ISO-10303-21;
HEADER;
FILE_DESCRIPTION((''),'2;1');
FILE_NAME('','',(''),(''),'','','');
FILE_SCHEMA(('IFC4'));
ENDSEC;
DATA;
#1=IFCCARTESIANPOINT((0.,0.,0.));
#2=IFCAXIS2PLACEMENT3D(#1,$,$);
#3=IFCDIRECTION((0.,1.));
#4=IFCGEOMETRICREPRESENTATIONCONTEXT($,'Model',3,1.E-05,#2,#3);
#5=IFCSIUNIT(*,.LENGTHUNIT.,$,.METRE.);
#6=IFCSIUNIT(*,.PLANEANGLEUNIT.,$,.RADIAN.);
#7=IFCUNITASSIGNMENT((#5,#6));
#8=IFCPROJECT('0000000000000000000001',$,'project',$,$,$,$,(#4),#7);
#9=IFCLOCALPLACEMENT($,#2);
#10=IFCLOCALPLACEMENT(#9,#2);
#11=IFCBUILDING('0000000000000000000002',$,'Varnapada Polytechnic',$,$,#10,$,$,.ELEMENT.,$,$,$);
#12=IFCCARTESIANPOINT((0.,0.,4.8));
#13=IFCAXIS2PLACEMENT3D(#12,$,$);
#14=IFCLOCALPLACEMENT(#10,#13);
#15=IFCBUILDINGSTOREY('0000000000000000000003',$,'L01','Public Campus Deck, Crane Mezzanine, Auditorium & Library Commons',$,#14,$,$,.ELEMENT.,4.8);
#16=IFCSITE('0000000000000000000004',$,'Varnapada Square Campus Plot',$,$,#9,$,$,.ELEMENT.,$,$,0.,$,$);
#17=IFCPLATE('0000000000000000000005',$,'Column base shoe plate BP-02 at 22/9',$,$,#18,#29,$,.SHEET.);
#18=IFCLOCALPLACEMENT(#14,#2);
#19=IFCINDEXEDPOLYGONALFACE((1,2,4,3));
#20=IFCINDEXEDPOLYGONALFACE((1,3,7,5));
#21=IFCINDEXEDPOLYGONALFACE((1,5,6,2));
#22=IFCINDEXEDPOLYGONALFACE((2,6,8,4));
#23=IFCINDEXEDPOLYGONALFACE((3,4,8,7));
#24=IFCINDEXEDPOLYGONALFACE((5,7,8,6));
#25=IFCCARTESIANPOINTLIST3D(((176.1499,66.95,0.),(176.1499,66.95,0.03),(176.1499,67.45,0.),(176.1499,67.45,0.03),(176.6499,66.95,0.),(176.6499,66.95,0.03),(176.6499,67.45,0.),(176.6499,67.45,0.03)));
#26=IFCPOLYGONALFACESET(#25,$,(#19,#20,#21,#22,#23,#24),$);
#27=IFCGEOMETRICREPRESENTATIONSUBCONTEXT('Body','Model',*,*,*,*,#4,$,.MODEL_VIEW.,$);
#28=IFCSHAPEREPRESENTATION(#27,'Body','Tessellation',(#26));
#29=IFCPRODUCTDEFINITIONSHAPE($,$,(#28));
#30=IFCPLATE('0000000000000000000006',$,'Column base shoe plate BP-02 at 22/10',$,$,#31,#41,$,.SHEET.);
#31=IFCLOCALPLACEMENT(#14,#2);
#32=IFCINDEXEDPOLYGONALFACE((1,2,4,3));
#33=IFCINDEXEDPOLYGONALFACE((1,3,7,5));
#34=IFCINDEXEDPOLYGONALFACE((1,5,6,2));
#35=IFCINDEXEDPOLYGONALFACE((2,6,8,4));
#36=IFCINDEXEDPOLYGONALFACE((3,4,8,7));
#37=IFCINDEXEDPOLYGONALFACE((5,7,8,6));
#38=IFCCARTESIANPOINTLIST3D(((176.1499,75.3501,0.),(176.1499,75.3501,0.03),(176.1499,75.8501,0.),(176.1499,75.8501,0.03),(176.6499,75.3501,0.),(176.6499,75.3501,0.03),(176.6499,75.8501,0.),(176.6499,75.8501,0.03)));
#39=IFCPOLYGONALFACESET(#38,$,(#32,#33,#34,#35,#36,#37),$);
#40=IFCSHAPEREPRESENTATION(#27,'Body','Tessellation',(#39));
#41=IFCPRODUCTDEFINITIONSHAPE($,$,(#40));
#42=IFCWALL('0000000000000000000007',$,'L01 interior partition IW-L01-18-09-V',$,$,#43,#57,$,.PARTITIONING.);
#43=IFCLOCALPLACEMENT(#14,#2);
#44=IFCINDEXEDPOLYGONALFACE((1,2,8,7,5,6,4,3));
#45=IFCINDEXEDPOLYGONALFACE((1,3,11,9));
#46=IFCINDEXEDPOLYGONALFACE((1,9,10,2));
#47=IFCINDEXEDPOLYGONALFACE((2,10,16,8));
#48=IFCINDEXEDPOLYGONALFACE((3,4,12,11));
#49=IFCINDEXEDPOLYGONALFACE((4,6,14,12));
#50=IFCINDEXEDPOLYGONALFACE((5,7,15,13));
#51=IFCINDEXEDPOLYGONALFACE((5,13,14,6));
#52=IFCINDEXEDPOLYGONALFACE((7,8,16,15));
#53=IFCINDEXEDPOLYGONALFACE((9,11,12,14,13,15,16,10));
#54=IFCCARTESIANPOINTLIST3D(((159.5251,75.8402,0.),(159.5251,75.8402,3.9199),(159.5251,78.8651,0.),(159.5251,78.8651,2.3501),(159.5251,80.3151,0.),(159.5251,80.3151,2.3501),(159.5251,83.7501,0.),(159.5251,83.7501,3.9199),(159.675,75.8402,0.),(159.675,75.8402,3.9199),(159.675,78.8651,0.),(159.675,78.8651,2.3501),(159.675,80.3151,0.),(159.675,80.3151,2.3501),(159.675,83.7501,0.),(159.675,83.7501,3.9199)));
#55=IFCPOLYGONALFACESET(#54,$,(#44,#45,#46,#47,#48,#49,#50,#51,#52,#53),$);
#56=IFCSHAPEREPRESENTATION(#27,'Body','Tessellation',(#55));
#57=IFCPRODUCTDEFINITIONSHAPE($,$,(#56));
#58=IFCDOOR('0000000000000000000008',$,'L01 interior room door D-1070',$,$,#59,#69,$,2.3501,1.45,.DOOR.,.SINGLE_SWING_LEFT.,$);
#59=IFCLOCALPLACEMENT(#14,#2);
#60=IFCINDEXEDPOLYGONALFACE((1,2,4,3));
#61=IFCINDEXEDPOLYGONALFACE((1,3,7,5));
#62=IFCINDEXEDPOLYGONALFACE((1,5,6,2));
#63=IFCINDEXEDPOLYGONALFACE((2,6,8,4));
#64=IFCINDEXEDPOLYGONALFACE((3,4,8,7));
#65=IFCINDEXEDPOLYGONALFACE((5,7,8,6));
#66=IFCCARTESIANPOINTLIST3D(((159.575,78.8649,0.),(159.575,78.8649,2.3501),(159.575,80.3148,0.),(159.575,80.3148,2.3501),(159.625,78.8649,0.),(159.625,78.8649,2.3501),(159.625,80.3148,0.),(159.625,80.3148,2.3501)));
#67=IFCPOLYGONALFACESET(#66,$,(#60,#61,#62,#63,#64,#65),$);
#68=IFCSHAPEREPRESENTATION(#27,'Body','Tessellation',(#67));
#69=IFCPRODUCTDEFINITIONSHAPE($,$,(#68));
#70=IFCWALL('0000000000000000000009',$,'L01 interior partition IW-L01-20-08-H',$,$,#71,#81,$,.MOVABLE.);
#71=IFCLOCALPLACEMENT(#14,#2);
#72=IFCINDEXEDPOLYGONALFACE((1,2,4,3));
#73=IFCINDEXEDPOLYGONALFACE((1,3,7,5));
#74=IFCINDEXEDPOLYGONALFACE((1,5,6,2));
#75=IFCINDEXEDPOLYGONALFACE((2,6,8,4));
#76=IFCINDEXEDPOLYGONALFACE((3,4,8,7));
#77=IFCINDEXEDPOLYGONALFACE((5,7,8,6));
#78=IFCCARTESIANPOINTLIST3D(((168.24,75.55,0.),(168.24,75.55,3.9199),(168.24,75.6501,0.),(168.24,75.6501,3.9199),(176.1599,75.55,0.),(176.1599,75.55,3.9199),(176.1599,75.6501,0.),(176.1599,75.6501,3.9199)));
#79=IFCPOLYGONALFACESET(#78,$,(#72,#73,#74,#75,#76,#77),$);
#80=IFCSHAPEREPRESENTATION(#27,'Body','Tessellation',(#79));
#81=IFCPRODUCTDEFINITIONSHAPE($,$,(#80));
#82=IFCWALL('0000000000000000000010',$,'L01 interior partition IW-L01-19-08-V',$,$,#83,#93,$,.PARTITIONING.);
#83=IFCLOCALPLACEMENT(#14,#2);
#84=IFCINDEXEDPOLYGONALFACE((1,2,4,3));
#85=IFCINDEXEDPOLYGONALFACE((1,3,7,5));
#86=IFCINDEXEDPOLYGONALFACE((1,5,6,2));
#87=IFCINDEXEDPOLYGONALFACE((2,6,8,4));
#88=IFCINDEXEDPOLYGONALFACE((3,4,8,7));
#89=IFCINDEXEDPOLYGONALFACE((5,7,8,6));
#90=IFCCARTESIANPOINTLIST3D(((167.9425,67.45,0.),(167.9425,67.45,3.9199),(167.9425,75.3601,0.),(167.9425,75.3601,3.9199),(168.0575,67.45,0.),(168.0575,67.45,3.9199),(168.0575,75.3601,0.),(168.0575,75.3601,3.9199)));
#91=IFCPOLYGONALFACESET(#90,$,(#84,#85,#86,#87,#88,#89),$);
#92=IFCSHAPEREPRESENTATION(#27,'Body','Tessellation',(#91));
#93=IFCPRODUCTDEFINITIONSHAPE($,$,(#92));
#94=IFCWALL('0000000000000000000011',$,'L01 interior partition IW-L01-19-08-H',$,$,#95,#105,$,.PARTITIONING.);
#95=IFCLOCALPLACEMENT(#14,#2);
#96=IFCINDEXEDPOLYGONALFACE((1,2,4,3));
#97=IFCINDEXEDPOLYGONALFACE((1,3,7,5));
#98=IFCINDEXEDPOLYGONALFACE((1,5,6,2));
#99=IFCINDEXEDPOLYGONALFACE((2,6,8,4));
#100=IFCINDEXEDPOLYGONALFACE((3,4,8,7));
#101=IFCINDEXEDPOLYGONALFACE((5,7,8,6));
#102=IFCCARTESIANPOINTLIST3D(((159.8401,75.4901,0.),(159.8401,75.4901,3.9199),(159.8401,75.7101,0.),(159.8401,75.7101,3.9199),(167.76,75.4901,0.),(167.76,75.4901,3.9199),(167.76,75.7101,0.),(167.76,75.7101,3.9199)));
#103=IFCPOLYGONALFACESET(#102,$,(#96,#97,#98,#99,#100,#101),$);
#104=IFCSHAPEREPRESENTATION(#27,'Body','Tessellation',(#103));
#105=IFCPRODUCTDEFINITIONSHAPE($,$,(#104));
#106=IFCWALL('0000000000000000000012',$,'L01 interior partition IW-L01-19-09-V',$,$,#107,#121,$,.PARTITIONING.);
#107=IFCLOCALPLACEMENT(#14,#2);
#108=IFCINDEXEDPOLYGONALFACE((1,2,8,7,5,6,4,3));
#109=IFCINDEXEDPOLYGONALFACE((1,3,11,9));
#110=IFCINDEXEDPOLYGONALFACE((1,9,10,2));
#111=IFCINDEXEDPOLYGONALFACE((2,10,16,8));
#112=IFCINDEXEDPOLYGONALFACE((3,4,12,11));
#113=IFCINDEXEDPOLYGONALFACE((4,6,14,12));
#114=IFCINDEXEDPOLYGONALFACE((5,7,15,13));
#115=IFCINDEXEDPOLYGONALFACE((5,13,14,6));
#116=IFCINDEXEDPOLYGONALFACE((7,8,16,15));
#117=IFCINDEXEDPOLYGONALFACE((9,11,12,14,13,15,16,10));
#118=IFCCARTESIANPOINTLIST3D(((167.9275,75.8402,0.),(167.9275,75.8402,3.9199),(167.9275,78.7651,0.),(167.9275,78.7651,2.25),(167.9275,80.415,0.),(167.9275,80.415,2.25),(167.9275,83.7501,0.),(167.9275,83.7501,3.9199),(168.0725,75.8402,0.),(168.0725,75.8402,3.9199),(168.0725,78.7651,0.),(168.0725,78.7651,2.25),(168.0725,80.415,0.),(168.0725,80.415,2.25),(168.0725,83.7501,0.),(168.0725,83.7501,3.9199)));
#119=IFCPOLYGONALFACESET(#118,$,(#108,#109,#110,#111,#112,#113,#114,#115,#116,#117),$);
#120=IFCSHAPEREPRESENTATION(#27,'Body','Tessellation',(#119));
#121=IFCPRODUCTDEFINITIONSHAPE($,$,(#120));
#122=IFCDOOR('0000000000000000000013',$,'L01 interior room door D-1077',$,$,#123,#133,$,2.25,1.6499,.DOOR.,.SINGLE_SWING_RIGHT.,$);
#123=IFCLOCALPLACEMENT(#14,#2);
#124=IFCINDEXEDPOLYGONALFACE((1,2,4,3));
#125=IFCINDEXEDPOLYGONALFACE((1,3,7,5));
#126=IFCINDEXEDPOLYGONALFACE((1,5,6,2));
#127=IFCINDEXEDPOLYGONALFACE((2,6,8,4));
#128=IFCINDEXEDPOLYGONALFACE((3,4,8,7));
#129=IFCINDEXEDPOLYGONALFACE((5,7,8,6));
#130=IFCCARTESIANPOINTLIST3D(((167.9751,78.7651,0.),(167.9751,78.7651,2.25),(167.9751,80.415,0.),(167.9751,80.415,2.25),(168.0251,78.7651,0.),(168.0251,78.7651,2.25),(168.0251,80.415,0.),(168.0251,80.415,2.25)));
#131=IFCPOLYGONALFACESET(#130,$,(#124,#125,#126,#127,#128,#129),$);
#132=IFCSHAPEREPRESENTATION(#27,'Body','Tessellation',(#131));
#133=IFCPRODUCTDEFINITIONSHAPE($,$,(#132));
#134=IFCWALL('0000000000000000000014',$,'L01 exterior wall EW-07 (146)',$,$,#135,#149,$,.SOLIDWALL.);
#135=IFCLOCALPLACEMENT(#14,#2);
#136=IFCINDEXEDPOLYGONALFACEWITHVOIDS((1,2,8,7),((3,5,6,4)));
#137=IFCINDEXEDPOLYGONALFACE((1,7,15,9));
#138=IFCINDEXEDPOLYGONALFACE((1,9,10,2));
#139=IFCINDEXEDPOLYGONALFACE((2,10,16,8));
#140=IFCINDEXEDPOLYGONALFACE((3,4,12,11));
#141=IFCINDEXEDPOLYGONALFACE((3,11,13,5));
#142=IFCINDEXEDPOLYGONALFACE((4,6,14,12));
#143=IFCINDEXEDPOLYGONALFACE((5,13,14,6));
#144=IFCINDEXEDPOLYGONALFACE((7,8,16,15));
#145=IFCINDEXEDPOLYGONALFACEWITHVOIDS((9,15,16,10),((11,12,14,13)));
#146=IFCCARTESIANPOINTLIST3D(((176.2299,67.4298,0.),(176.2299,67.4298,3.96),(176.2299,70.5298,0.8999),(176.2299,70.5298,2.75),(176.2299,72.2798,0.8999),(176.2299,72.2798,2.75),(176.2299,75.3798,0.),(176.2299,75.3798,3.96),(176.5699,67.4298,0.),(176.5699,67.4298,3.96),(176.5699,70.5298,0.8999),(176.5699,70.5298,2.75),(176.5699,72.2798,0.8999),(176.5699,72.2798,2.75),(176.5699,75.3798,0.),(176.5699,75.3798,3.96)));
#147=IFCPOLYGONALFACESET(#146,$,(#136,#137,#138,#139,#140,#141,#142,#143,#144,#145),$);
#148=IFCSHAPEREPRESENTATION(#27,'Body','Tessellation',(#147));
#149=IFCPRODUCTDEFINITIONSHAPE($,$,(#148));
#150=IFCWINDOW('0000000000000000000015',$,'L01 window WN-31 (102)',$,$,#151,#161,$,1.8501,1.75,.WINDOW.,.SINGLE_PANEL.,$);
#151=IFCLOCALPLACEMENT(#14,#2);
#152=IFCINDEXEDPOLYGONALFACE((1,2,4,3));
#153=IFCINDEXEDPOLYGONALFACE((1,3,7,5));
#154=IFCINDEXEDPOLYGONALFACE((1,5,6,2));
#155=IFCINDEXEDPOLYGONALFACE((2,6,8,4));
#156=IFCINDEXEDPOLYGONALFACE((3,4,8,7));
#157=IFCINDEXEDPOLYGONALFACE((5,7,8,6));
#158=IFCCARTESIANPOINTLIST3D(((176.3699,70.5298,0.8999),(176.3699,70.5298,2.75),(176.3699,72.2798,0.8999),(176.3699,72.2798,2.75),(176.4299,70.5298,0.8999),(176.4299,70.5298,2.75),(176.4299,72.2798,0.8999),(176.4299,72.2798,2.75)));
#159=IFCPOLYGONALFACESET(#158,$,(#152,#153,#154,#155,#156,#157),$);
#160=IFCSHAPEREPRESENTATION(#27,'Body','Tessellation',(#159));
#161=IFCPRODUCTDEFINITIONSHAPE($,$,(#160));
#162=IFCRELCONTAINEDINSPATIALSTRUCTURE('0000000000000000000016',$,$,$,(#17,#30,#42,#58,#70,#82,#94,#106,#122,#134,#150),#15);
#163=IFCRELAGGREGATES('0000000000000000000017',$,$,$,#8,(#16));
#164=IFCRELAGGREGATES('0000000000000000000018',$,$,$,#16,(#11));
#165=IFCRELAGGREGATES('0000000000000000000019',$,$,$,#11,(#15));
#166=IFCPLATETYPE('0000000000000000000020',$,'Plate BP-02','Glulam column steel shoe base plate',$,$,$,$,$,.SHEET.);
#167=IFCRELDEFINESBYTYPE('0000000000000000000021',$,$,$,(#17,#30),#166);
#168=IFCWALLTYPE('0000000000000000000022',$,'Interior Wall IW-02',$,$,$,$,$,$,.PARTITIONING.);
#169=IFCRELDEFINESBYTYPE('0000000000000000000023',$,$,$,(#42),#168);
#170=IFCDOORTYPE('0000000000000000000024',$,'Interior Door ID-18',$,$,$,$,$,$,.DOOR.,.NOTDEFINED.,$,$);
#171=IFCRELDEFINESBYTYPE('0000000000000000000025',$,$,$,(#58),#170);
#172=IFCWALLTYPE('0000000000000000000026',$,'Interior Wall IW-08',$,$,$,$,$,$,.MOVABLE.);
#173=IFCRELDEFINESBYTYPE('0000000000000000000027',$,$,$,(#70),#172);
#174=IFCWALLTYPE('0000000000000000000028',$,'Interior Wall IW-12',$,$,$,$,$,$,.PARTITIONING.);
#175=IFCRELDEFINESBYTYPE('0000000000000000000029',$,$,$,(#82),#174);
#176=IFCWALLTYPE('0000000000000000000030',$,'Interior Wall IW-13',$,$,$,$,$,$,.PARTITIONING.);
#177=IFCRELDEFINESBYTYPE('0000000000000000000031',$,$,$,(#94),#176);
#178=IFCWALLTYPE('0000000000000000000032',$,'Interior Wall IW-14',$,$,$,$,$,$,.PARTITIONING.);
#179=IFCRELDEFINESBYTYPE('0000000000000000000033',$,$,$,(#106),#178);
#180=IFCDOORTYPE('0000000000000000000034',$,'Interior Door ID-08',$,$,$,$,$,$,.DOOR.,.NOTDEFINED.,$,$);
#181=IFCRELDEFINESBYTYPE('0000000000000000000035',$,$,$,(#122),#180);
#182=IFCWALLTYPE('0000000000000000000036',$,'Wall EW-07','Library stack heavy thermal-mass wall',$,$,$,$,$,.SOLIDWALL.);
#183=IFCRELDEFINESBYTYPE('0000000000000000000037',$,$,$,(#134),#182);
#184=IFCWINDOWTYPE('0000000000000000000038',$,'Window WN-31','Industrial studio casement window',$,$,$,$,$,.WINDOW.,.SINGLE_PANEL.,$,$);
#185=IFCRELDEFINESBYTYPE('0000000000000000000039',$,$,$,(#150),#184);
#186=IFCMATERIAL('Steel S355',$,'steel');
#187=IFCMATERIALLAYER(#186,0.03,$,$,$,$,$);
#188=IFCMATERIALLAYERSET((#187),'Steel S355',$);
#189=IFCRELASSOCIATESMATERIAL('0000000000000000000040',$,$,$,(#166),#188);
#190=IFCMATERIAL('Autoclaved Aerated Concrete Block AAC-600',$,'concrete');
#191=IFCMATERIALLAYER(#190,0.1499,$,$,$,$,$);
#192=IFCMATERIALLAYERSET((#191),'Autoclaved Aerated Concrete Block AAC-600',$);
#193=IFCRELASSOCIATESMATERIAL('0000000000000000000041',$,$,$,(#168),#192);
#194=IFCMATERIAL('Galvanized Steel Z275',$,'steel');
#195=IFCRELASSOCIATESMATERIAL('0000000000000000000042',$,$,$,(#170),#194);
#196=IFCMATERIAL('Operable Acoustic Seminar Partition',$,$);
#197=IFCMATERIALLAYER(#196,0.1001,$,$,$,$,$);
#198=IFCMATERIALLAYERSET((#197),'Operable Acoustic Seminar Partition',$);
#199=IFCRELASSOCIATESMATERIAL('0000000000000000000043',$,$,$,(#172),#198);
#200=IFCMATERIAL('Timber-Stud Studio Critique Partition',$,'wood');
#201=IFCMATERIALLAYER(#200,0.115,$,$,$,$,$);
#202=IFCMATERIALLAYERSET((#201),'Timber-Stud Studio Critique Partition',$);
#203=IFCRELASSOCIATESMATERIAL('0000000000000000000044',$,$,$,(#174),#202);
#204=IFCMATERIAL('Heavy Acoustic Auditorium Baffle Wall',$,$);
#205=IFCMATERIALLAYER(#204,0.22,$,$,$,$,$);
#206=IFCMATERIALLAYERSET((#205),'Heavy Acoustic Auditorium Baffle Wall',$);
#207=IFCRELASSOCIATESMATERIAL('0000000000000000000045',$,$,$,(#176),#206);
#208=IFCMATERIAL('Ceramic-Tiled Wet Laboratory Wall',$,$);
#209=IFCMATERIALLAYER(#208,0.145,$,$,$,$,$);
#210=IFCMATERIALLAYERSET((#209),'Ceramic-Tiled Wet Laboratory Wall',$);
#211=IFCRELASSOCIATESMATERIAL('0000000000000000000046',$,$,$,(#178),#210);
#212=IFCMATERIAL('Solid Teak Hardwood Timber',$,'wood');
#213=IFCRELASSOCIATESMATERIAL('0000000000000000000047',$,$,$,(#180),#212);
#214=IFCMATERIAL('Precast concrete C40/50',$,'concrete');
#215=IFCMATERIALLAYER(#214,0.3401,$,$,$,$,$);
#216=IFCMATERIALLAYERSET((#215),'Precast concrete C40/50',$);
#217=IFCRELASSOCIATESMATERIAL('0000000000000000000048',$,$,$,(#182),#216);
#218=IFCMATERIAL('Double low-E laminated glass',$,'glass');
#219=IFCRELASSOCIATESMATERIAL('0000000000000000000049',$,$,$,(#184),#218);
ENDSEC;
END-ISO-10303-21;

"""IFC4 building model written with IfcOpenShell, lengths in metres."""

from ifc_helpers import new_model, si_unit, direction, frame, frame_2d, origin, origin_2d, place, context, subcontext, project, spatial, rectangle, extrude, material, layer, layer_set, type_object, element, fill, save


model = new_model("IFC4")

# Units and contexts
model_context = context("Model", 3, precision=1e-05, world=origin(), true_north=direction((0.0, 1.0)))
body_context = subcontext(model_context, "Body", "Model", "MODEL_VIEW")
ifc_project = project(units=[si_unit("LENGTHUNIT", "METRE"), si_unit("PLANEANGLEUNIT", "RADIAN")], contexts=[model_context])

# Site, building, storey
site_placement = place(None, origin())
site = spatial("IfcSite", under=ifc_project, at=site_placement, Name="Varnapada Square Campus Plot", CompositionType="ELEMENT", RefElevation=0.0)
building_placement = place(site_placement, origin())
building = spatial("IfcBuilding", under=site, at=building_placement, Name="Varnapada Polytechnic", CompositionType="ELEMENT")
storey_placement = place(building_placement, frame((0.0, 0.0, 4.8)))
storey = spatial("IfcBuildingStorey", under=building, at=storey_placement, Name="L01", Description="Public Campus Deck, Crane Mezzanine, Auditorium & Library Commons", CompositionType="ELEMENT", Elevation=4.8)

# Plates
ifc_material_1 = material(Name="Steel S355", Category="steel")
ifc_layer_1 = layer(ifc_material_1, 0.03)
ifc_layer_set_1 = layer_set([ifc_layer_1], Name="Steel S355")
plate_type = type_object("IfcPlateType", Name="Plate BP-02", Description="Glulam column steel shoe base plate", PredefinedType="SHEET", material=ifc_layer_set_1)
for number, where, z_axis, x_axis, name in (
    (1, (176.3999, 67.2, 0.0), (0.0, 0.0, 1.0), (1.0, 0.0, 0.0), "Column base shoe plate BP-02 at 22/9"),
    (2, (176.3999, 75.6001, 0.0), (0.0, 0.0, 1.0), (1.0, 0.0, 0.0), "Column base shoe plate BP-02 at 22/10"),
):
    element("IfcPlate", number, at=place(storey_placement, frame(where, z_axis=z_axis, x_axis=x_axis)), inside=storey, type_object=plate_type, Name=name, PredefinedType="SHEET", context=body_context, shape_type="SweptSolid", body=[
        extrude(rectangle(XDim=0.5, YDim=0.5, at=origin_2d()), origin(), (0.0, 0.0, 1.0), 0.03),
    ])

# Wall, opening, door
ifc_material_2 = material(Name="Autoclaved Aerated Concrete Block AAC-600", Category="concrete")
ifc_layer_2 = layer(ifc_material_2, 0.1499)
ifc_layer_set_2 = layer_set([ifc_layer_2], Name="Autoclaved Aerated Concrete Block AAC-600")
wall_type_1 = type_object("IfcWallType", Name="Interior Wall IW-02", PredefinedType="PARTITIONING", material=ifc_layer_set_2)
wall_1_placement = place(storey_placement, frame((159.6001, 75.8401, 0.0), z_axis=(0.0, 0.0, 1.0), x_axis=(0.0, 1.0, 0.0)))
wall_1 = element("IfcWall", 3, at=wall_1_placement, inside=storey, type_object=wall_type_1, Name="L01 interior partition IW-L01-18-09-V", PredefinedType="PARTITIONING", context=body_context, shape_type="SweptSolid", body=[
    extrude(rectangle(XDim=7.9099, YDim=0.1499, at=frame_2d((3.9551, 0.0))), origin(), (0.0, 0.0, 1.0), 3.9199),
])
opening_1_placement = place(wall_1_placement, frame((3.0249, 0.0, 0.0)))
opening_1 = element("IfcOpeningElement", 4, at=opening_1_placement, cuts=wall_1, PredefinedType="OPENING", context=body_context, shape_type="SweptSolid", body=[
    extrude(rectangle(XDim=1.45, YDim=2.3501, at=frame_2d((0.7251, 1.175))), frame((0.0, 0.085, 0.0), z_axis=(0.0, -1.0, 0.0), x_axis=(1.0, 0.0, 0.0)), (0.0, 0.0, 1.0), 0.1699),
])
ifc_material_3 = material(Name="Galvanized Steel Z275", Category="steel")
door_type_1 = type_object("IfcDoorType", Name="Interior Door ID-18", OperationType="NOTDEFINED", PredefinedType="DOOR", material=ifc_material_3)
door_1_placement = place(opening_1_placement, frame((1.45, 0.0, 0.0), z_axis=(0.0, 0.0, 1.0), x_axis=(-1.0, 0.0, 0.0)))
door_1 = element("IfcDoor", 5, at=door_1_placement, inside=storey, type_object=door_type_1, Name="L01 interior room door D-1070", OperationType="SINGLE_SWING_LEFT", OverallHeight=2.3501, OverallWidth=1.45, PredefinedType="DOOR", context=body_context, shape_type="SweptSolid", body=[
    extrude(rectangle(XDim=1.45, YDim=2.3501, at=frame_2d((0.7251, 1.175))), frame((0.0, 0.0249, 0.0), z_axis=(0.0, -1.0, 0.0), x_axis=(1.0, 0.0, 0.0)), (0.0, 0.0, 1.0), 0.05),
])
fill(opening_1, door_1)

# Walls
ifc_material_4 = material(Name="Operable Acoustic Seminar Partition")
ifc_layer_3 = layer(ifc_material_4, 0.1001)
ifc_layer_set_3 = layer_set([ifc_layer_3], Name="Operable Acoustic Seminar Partition")
wall_type_2 = type_object("IfcWallType", Name="Interior Wall IW-08", PredefinedType="MOVABLE", material=ifc_layer_set_3)
wall_2_placement = place(storey_placement, frame((168.24, 75.6001, 0.0), z_axis=(0.0, 0.0, 1.0), x_axis=(1.0, 0.0, 0.0)))
element("IfcWall", 6, at=wall_2_placement, inside=storey, type_object=wall_type_2, Name="L01 interior partition IW-L01-20-08-H", PredefinedType="MOVABLE", context=body_context, shape_type="SweptSolid", body=[
    extrude(rectangle(XDim=7.9199, YDim=0.1001, at=frame_2d((3.96, 0.0))), origin(), (0.0, 0.0, 1.0), 3.9199),
])
ifc_material_5 = material(Name="Timber-Stud Studio Critique Partition", Category="wood")
ifc_layer_4 = layer(ifc_material_5, 0.115)
ifc_layer_set_4 = layer_set([ifc_layer_4], Name="Timber-Stud Studio Critique Partition")
wall_type_3 = type_object("IfcWallType", Name="Interior Wall IW-12", PredefinedType="PARTITIONING", material=ifc_layer_set_4)
wall_3_placement = place(storey_placement, frame((168.0, 67.45, 0.0), z_axis=(0.0, 0.0, 1.0), x_axis=(0.0, 1.0, 0.0)))
element("IfcWall", 7, at=wall_3_placement, inside=storey, type_object=wall_type_3, Name="L01 interior partition IW-L01-19-08-V", PredefinedType="PARTITIONING", context=body_context, shape_type="SweptSolid", body=[
    extrude(rectangle(XDim=7.9102, YDim=0.115, at=frame_2d((3.9551, 0.0))), origin(), (0.0, 0.0, 1.0), 3.9199),
])
ifc_material_6 = material(Name="Heavy Acoustic Auditorium Baffle Wall")
ifc_layer_5 = layer(ifc_material_6, 0.22)
ifc_layer_set_5 = layer_set([ifc_layer_5], Name="Heavy Acoustic Auditorium Baffle Wall")
wall_type_4 = type_object("IfcWallType", Name="Interior Wall IW-13", PredefinedType="PARTITIONING", material=ifc_layer_set_5)
wall_4_placement = place(storey_placement, frame((159.8401, 75.6001, 0.0), z_axis=(0.0, 0.0, 1.0), x_axis=(1.0, 0.0, 0.0)))
element("IfcWall", 8, at=wall_4_placement, inside=storey, type_object=wall_type_4, Name="L01 interior partition IW-L01-19-08-H", PredefinedType="PARTITIONING", context=body_context, shape_type="SweptSolid", body=[
    extrude(rectangle(XDim=7.9199, YDim=0.22, at=frame_2d((3.96, 0.0))), origin(), (0.0, 0.0, 1.0), 3.9199),
])

# Wall, opening, door
ifc_material_7 = material(Name="Ceramic-Tiled Wet Laboratory Wall")
ifc_layer_6 = layer(ifc_material_7, 0.145)
ifc_layer_set_6 = layer_set([ifc_layer_6], Name="Ceramic-Tiled Wet Laboratory Wall")
wall_type_5 = type_object("IfcWallType", Name="Interior Wall IW-14", PredefinedType="PARTITIONING", material=ifc_layer_set_6)
wall_5_placement = place(storey_placement, frame((168.0, 75.8401, 0.0), z_axis=(0.0, 0.0, 1.0), x_axis=(0.0, 1.0, 0.0)))
wall_5 = element("IfcWall", 9, at=wall_5_placement, inside=storey, type_object=wall_type_5, Name="L01 interior partition IW-L01-19-09-V", PredefinedType="PARTITIONING", context=body_context, shape_type="SweptSolid", body=[
    extrude(rectangle(XDim=7.9099, YDim=0.145, at=frame_2d((3.9551, 0.0))), origin(), (0.0, 0.0, 1.0), 3.9199),
])
opening_2_placement = place(wall_5_placement, frame((2.925, 0.0, 0.0)))
opening_2 = element("IfcOpeningElement", 10, at=opening_2_placement, cuts=wall_5, PredefinedType="OPENING", context=body_context, shape_type="SweptSolid", body=[
    extrude(rectangle(XDim=1.6499, YDim=2.25, at=frame_2d((0.825, 1.125))), frame((0.0, 0.0825, 0.0), z_axis=(0.0, -1.0, 0.0), x_axis=(1.0, 0.0, 0.0)), (0.0, 0.0, 1.0), 0.165),
])
ifc_material_8 = material(Name="Solid Teak Hardwood Timber", Category="wood")
door_type_2 = type_object("IfcDoorType", Name="Interior Door ID-08", OperationType="NOTDEFINED", PredefinedType="DOOR", material=ifc_material_8)
door_2_placement = place(opening_2_placement, origin())
door_2 = element("IfcDoor", 11, at=door_2_placement, inside=storey, type_object=door_type_2, Name="L01 interior room door D-1077", OperationType="SINGLE_SWING_RIGHT", OverallHeight=2.25, OverallWidth=1.6499, PredefinedType="DOOR", context=body_context, shape_type="SweptSolid", body=[
    extrude(rectangle(XDim=1.6499, YDim=2.25, at=frame_2d((0.825, 1.125))), frame((0.0, 0.0249, 0.0), z_axis=(0.0, -1.0, 0.0), x_axis=(1.0, 0.0, 0.0)), (0.0, 0.0, 1.0), 0.05),
])
fill(opening_2, door_2)

# Wall, opening, window
ifc_material_9 = material(Name="Precast concrete C40/50", Category="concrete")
ifc_layer_7 = layer(ifc_material_9, 0.3401)
ifc_layer_set_7 = layer_set([ifc_layer_7], Name="Precast concrete C40/50")
wall_type_6 = type_object("IfcWallType", Name="Wall EW-07", Description="Library stack heavy thermal-mass wall", PredefinedType="SOLIDWALL", material=ifc_layer_set_7)
wall_6_placement = place(storey_placement, frame((176.3999, 75.3799, 0.0), z_axis=(0.0, 0.0, 1.0), x_axis=(0.0, -1.0, 0.0)))
wall_6 = element("IfcWall", 12, at=wall_6_placement, inside=storey, type_object=wall_type_6, Name="L01 exterior wall EW-07 (146)", PredefinedType="SOLIDWALL", context=body_context, shape_type="SweptSolid", body=[
    extrude(rectangle(XDim=7.95, YDim=0.3401, at=frame_2d((3.9751, 0.0))), origin(), (0.0, 0.0, 1.0), 3.96),
])
opening_3_placement = place(wall_6_placement, frame((3.1001, 0.0, 0.8999)))
opening_3 = element("IfcOpeningElement", 13, at=opening_3_placement, cuts=wall_6, PredefinedType="OPENING", context=body_context, shape_type="SweptSolid", body=[
    extrude(rectangle(XDim=1.75, YDim=1.8501, at=frame_2d((0.875, 0.925))), frame((0.0, 0.1799, 0.0), z_axis=(0.0, -1.0, 0.0), x_axis=(1.0, 0.0, 0.0)), (0.0, 0.0, 1.0), 0.3601),
])
ifc_material_10 = material(Name="Double low-E laminated glass", Category="glass")
window_type = type_object("IfcWindowType", Name="Window WN-31", Description="Industrial studio casement window", PartitioningType="SINGLE_PANEL", PredefinedType="WINDOW", material=ifc_material_10)
window_placement = place(opening_3_placement, origin())
window = element("IfcWindow", 14, at=window_placement, inside=storey, type_object=window_type, Name="L01 window WN-31 (102)", OverallHeight=1.8501, OverallWidth=1.75, PartitioningType="SINGLE_PANEL", PredefinedType="WINDOW", context=body_context, shape_type="SweptSolid", body=[
    extrude(rectangle(XDim=1.75, YDim=1.8501, at=frame_2d((0.875, 0.925))), frame((0.0, 0.03, 0.0), z_axis=(0.0, -1.0, 0.0), x_axis=(1.0, 0.0, 0.0)), (0.0, 0.0, 1.0), 0.0601),
])
fill(opening_3, window)

save(model, "model.ifc")
